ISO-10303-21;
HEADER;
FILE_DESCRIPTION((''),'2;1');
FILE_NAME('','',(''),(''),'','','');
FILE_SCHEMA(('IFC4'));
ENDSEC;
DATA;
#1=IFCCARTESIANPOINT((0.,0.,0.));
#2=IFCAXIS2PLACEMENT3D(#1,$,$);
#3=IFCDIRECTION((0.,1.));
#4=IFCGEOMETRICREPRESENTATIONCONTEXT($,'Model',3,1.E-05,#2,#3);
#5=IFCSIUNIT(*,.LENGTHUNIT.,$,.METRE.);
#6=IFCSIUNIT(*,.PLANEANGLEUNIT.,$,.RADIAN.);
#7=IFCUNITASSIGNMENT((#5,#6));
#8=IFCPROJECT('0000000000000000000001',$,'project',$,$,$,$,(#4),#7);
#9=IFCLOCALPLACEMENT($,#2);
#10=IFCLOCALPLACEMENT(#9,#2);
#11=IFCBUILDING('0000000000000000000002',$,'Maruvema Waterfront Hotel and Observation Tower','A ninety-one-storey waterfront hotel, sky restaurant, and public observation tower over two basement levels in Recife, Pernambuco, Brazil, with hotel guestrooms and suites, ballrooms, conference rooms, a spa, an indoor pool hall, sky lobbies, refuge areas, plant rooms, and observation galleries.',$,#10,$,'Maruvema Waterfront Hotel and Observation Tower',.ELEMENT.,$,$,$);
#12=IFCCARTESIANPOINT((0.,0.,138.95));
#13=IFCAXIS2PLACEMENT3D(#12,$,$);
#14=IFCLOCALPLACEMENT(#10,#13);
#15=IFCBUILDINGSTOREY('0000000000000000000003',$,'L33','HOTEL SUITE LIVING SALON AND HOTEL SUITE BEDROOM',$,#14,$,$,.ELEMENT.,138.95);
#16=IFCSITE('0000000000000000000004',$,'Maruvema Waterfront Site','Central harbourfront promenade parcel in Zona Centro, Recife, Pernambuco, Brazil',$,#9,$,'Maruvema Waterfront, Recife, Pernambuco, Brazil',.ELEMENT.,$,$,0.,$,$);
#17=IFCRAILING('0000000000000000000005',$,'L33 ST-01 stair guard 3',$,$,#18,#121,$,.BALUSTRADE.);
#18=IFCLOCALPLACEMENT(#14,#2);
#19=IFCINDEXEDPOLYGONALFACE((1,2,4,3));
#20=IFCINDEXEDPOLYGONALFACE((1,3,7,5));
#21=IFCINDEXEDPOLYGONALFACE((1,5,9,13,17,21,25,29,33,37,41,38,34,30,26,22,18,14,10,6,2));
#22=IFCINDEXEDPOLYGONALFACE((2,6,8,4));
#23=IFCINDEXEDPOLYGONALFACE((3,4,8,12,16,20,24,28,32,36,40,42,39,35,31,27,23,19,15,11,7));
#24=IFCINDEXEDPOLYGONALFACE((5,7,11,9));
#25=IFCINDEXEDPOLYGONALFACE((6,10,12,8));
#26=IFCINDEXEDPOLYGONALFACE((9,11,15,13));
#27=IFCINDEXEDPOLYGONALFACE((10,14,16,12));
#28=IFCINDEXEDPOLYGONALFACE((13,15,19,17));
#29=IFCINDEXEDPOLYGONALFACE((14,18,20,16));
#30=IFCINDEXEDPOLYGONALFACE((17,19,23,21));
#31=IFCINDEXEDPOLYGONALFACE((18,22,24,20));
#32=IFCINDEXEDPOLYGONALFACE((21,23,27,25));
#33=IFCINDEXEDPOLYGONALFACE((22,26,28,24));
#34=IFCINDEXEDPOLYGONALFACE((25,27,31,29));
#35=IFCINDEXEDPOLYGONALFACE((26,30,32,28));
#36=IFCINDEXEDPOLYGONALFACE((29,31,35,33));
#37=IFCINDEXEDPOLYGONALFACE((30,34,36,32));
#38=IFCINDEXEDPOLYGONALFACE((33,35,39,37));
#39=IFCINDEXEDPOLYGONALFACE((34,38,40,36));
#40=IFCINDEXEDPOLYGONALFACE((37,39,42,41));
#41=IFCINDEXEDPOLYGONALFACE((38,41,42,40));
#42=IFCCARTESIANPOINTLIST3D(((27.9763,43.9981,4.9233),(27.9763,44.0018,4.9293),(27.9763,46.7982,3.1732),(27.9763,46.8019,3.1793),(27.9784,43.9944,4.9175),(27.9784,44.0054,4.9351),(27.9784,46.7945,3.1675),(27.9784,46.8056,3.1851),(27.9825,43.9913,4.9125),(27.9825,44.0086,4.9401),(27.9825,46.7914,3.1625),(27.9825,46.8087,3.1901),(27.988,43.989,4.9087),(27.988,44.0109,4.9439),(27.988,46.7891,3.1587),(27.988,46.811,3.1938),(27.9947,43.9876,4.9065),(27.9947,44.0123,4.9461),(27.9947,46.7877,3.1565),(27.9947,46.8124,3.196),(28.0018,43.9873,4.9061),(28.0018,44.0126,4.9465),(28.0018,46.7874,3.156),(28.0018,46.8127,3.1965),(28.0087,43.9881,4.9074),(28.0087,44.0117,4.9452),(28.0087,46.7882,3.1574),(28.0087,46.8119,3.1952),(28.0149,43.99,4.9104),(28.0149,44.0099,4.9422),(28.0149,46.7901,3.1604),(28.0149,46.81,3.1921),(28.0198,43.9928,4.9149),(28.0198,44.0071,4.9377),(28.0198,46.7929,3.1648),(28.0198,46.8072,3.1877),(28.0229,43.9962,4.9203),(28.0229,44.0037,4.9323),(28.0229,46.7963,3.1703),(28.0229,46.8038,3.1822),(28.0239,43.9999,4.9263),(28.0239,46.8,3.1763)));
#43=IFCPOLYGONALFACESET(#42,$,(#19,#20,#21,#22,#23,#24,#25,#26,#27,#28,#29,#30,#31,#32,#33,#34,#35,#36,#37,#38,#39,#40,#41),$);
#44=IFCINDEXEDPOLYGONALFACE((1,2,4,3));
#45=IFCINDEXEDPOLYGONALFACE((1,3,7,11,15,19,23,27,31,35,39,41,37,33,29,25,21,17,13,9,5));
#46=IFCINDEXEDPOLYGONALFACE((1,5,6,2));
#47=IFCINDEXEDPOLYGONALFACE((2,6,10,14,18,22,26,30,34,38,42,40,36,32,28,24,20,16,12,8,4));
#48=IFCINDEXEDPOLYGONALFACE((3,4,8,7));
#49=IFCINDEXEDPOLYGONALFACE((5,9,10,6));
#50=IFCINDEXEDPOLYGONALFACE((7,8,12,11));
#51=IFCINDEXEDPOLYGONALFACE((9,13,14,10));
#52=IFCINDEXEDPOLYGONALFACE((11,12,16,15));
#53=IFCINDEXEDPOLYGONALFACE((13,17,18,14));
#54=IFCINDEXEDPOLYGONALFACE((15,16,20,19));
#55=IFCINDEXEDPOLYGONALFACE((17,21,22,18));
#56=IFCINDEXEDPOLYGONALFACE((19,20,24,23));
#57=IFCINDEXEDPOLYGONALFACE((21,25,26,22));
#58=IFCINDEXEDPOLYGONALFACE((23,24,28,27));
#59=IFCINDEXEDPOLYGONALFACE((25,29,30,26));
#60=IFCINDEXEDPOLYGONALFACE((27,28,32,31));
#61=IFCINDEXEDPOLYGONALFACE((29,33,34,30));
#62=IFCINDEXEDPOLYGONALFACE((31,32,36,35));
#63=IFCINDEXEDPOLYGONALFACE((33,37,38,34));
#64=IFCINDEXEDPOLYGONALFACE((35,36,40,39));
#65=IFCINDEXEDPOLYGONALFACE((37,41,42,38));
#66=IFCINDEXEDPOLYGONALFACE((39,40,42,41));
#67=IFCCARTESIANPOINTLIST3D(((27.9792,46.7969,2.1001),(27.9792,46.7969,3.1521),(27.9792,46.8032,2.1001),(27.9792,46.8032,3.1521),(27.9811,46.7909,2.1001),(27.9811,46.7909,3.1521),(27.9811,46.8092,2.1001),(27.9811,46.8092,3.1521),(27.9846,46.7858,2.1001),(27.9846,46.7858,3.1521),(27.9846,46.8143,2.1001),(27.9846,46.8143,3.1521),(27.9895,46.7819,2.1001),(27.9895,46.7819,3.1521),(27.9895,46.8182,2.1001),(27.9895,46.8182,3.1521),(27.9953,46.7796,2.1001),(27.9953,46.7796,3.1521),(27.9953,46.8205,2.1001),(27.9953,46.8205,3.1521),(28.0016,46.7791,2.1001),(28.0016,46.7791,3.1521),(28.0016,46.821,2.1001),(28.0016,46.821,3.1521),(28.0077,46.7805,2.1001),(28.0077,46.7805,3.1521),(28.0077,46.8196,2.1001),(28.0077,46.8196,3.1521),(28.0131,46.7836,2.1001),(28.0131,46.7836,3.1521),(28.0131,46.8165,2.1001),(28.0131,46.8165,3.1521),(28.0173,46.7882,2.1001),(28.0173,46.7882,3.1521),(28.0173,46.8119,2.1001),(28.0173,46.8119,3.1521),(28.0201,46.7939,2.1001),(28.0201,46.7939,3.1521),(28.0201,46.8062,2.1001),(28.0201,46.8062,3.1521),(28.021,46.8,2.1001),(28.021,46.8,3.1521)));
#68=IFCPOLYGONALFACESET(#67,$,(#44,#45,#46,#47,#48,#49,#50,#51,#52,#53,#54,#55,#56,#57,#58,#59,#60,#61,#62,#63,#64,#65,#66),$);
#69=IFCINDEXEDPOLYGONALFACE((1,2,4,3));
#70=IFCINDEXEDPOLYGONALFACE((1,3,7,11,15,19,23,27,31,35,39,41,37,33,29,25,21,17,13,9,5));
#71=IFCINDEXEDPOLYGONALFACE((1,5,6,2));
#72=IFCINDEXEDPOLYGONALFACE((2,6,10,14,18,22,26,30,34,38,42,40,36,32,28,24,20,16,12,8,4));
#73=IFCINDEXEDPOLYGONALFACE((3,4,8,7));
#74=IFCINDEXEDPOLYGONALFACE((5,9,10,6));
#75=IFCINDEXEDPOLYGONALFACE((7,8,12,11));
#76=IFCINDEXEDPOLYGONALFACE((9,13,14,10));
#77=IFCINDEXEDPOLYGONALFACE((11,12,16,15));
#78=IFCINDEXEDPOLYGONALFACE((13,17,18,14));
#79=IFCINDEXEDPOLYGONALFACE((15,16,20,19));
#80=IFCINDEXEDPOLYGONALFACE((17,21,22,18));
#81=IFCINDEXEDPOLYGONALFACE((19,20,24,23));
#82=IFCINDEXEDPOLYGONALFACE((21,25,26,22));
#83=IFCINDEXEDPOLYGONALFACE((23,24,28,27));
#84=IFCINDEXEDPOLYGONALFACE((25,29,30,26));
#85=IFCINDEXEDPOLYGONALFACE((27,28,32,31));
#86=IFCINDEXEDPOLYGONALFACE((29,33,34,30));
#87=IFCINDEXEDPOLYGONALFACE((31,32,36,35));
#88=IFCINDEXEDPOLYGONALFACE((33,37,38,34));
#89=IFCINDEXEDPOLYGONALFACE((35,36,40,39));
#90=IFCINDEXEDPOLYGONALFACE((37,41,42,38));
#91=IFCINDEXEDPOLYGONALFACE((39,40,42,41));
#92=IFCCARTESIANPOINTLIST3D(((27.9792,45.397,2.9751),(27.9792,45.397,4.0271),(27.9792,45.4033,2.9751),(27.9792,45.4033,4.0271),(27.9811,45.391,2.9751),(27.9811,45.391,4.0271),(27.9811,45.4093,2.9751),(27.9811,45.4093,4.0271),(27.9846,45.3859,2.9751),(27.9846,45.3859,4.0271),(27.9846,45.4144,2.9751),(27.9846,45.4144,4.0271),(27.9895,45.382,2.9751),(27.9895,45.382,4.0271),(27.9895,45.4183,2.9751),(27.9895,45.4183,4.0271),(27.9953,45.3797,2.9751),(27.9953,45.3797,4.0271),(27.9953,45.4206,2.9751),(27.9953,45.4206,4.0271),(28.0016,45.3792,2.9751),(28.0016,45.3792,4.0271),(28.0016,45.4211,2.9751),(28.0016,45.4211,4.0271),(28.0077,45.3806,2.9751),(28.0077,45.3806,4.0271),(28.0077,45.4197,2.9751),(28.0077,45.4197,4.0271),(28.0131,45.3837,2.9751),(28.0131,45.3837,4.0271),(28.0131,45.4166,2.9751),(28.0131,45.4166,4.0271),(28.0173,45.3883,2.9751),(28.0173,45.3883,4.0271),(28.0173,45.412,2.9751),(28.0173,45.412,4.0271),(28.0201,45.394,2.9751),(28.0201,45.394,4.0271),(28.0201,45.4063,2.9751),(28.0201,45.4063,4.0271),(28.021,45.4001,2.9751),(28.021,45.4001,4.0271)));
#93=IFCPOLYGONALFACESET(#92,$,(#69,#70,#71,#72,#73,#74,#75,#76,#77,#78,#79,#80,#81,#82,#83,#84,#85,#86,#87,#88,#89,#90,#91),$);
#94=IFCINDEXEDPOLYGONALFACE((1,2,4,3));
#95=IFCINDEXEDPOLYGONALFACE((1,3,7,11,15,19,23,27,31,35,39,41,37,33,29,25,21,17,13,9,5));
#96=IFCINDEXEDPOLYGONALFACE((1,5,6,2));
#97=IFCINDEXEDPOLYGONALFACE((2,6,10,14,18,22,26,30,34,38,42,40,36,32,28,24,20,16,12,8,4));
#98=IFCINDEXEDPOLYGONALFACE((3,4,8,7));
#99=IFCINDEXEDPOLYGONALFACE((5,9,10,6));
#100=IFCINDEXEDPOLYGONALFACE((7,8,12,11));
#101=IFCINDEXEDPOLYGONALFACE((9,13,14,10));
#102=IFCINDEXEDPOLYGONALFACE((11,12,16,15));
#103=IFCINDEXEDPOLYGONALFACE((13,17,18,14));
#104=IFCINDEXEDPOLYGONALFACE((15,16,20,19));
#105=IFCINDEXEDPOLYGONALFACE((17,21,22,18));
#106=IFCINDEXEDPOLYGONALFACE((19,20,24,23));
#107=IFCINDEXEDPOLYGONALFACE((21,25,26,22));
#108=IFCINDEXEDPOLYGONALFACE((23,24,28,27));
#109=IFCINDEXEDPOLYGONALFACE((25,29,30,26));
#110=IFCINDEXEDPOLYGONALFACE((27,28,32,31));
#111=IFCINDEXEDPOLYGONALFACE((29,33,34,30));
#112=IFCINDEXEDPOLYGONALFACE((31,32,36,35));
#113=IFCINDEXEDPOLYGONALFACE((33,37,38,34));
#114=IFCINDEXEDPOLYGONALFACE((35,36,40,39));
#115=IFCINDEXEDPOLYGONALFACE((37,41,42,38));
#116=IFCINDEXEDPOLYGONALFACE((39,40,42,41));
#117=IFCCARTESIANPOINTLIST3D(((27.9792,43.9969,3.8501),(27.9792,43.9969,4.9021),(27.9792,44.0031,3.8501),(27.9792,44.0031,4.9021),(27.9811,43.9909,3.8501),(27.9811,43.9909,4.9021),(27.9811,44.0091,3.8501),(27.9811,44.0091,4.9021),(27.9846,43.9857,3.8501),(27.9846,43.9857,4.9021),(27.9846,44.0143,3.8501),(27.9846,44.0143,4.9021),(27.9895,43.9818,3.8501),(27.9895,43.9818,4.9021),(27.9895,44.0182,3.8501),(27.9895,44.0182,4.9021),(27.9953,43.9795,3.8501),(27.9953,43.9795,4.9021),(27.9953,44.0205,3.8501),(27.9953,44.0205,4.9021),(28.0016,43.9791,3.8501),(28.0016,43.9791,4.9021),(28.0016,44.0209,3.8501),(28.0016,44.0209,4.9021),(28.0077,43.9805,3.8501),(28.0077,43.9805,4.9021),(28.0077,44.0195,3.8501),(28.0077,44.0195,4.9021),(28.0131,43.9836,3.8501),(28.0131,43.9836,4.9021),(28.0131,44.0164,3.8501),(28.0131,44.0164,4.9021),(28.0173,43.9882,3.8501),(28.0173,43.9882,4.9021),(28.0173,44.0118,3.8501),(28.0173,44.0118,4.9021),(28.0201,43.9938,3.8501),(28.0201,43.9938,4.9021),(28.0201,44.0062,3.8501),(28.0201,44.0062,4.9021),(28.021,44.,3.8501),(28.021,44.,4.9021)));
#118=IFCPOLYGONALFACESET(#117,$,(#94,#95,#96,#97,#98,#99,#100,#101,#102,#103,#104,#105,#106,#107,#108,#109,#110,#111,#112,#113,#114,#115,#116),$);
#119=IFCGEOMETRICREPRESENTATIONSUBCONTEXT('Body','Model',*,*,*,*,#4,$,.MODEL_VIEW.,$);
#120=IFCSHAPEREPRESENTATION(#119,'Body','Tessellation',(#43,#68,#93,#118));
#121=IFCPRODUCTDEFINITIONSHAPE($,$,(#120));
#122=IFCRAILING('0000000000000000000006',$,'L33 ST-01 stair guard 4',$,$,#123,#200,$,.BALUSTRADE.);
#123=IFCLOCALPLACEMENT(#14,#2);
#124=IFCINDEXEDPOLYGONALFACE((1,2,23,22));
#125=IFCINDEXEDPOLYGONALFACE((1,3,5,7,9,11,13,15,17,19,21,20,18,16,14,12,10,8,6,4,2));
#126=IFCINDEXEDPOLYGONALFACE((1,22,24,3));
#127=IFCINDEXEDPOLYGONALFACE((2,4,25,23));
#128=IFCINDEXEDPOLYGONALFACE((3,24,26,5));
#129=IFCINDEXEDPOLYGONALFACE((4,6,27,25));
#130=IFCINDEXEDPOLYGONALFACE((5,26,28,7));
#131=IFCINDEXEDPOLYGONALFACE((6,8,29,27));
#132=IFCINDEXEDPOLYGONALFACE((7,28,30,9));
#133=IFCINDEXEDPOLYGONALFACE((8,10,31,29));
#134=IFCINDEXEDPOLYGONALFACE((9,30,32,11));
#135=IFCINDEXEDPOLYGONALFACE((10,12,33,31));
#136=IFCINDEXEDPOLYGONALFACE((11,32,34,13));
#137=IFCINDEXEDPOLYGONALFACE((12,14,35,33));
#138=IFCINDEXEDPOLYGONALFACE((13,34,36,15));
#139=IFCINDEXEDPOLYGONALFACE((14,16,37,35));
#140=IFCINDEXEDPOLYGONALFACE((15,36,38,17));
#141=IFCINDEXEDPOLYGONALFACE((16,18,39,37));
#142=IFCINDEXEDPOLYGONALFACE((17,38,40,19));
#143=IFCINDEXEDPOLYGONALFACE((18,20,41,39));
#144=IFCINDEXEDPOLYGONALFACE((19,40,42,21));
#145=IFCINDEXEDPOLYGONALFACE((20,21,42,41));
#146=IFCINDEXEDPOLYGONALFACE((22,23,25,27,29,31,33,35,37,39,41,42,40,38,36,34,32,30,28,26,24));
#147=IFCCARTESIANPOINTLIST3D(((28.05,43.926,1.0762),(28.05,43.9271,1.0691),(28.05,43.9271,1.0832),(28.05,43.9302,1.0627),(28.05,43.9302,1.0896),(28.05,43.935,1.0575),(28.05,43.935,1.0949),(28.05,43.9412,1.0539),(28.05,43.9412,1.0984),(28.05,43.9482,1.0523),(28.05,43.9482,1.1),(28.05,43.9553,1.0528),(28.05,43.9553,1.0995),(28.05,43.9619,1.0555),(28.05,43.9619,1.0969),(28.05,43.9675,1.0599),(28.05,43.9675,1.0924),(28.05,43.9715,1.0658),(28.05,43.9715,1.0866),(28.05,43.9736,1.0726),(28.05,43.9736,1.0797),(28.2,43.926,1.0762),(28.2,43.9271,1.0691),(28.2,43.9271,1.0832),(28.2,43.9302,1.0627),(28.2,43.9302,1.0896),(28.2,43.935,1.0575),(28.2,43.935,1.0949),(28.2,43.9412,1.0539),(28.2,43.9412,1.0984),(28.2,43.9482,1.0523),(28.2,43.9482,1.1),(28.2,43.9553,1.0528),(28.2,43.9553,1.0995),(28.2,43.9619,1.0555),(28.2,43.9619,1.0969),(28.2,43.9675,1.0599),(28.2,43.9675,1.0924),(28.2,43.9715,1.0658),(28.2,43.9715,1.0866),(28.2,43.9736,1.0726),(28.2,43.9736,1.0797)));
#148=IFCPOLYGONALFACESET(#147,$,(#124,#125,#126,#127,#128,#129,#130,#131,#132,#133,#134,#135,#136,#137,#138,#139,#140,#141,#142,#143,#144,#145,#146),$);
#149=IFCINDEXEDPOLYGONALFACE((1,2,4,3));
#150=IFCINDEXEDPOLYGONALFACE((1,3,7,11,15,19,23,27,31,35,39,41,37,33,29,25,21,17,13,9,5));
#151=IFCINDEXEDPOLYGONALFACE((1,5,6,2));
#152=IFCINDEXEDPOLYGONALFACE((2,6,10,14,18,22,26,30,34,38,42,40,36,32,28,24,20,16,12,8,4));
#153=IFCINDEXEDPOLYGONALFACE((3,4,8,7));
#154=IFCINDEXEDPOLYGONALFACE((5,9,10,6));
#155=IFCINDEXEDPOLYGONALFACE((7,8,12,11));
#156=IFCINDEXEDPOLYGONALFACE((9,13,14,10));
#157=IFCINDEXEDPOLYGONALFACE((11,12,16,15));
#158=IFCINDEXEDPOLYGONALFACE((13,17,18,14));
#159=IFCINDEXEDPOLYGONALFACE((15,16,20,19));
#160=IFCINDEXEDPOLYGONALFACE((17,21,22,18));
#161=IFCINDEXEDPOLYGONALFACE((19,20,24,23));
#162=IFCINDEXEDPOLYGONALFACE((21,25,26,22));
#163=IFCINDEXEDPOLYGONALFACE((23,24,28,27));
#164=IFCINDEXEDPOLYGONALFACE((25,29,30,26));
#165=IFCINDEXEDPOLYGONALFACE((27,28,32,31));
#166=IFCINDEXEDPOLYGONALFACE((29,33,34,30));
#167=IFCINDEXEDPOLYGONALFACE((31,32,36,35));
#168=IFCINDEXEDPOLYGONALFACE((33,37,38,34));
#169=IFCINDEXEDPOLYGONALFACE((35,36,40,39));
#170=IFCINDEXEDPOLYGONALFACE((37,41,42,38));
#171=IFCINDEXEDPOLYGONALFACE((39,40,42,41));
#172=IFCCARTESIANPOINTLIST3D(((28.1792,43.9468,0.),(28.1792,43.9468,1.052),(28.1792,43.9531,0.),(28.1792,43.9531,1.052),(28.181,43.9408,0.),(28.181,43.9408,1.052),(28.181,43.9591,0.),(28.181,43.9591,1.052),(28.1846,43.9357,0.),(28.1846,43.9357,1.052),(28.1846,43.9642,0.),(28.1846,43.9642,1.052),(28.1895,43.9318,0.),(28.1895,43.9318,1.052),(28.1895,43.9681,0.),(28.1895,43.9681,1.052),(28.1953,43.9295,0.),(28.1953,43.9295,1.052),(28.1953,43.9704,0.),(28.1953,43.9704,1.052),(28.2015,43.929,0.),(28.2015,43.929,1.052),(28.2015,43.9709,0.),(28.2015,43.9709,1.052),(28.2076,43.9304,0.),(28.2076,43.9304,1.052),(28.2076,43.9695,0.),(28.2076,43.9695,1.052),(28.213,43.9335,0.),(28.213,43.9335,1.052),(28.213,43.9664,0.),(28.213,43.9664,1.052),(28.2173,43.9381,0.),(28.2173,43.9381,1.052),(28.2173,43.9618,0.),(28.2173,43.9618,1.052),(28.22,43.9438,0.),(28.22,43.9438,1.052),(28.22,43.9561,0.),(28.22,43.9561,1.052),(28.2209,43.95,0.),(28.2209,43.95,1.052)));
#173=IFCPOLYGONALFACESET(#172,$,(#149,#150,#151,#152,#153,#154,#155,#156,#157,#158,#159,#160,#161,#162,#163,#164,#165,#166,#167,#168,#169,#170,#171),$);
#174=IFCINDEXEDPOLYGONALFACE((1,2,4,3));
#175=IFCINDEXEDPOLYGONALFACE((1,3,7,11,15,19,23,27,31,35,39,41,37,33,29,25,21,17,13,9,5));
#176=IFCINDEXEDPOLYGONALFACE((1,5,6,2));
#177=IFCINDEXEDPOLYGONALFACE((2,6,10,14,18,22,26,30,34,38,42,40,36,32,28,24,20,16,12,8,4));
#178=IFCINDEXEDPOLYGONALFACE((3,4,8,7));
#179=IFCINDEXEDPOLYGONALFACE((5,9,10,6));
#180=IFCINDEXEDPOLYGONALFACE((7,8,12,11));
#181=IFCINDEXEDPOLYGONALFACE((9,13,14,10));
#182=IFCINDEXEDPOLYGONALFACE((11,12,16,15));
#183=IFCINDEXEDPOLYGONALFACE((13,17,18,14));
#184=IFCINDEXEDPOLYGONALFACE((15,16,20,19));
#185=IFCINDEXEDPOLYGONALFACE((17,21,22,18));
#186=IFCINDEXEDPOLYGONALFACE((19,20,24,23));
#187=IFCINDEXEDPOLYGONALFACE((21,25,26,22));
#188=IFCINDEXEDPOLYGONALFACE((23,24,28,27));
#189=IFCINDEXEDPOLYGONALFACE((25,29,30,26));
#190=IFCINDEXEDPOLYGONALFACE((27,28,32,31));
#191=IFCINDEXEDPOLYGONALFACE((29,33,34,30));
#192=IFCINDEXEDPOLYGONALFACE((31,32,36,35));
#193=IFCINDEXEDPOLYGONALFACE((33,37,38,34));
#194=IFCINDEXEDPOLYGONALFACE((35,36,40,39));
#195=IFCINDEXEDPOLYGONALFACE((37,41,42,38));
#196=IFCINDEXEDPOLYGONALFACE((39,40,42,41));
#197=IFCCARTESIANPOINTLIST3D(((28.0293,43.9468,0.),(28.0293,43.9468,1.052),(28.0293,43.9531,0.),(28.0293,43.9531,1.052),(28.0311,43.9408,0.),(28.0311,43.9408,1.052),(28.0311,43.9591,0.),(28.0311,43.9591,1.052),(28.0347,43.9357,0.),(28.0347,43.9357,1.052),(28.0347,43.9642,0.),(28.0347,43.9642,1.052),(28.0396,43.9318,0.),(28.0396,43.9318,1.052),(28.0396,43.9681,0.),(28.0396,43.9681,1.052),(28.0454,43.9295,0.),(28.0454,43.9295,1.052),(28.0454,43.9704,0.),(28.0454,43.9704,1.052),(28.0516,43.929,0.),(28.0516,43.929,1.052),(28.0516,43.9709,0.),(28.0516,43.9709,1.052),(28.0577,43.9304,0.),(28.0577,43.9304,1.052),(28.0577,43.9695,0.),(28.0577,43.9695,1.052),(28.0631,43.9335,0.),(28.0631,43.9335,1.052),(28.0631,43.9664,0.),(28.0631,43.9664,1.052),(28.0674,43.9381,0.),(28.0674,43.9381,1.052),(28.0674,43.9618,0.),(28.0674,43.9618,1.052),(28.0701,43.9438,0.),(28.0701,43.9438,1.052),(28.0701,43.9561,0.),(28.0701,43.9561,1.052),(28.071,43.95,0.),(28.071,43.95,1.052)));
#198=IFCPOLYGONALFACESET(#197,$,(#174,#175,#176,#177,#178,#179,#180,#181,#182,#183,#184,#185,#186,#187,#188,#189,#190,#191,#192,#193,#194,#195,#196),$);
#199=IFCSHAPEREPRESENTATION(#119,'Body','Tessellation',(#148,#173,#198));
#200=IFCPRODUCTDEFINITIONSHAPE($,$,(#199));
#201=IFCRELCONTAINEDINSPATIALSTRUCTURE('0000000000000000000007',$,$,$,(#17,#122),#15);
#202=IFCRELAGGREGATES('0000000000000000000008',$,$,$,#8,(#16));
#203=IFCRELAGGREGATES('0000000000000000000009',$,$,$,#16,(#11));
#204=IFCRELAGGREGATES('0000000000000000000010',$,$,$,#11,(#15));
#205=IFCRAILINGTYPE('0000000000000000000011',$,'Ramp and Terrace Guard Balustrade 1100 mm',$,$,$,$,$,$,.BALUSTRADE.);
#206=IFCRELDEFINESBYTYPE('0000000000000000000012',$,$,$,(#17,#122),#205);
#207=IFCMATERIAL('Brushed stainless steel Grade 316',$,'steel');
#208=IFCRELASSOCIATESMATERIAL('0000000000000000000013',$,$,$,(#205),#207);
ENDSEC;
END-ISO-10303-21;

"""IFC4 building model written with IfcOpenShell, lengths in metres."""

from ifc_helpers import new_model, si_unit, direction, frame, origin, origin_2d, place, context, subcontext, project, spatial, circle, extrude, material, type_object, element, save


model = new_model("IFC4")

# Units and contexts
model_context = context("Model", 3, precision=1e-05, world=origin(), true_north=direction((0.0, 1.0)))
body_context = subcontext(model_context, "Body", "Model", "MODEL_VIEW")
ifc_project = project(units=[si_unit("LENGTHUNIT", "METRE"), si_unit("PLANEANGLEUNIT", "RADIAN")], contexts=[model_context])

# Site, building, storey
site_placement = place(None, origin())
site = spatial("IfcSite", under=ifc_project, at=site_placement, Name="Maruvema Waterfront Site", Description="Central harbourfront promenade parcel in Zona Centro, Recife, Pernambuco, Brazil", LongName="Maruvema Waterfront, Recife, Pernambuco, Brazil", CompositionType="ELEMENT", RefElevation=0.0)
building_placement = place(site_placement, origin())
building = spatial("IfcBuilding", under=site, at=building_placement, Name="Maruvema Waterfront Hotel and Observation Tower", Description="A ninety-one-storey waterfront hotel, sky restaurant, and public observation tower over two basement levels in Recife, Pernambuco, Brazil, with hotel guestrooms and suites, ballrooms, conference rooms, a spa, an indoor pool hall, sky lobbies, refuge areas, plant rooms, and observation galleries.", LongName="Maruvema Waterfront Hotel and Observation Tower", CompositionType="ELEMENT")
storey_placement = place(building_placement, frame((0.0, 0.0, 138.95)))
storey = spatial("IfcBuildingStorey", under=building, at=storey_placement, Name="L33", Description="HOTEL SUITE LIVING SALON AND HOTEL SUITE BEDROOM", CompositionType="ELEMENT", Elevation=138.95)

# Railings
ifc_material_1 = material(Name="Brushed stainless steel Grade 316", Category="steel")
railing_type_1 = type_object("IfcRailingType", Name="Ramp and Terrace Guard Balustrade 1100 mm", PredefinedType="BALUSTRADE", material=ifc_material_1)
railing_1_placement = place(storey_placement, frame((28.0, 46.8, 2.1001)))
element("IfcRailing", 1, at=railing_1_placement, inside=storey, type_object=railing_type_1, Name="L33 ST-01 stair guard 3", PredefinedType="BALUSTRADE", context=body_context, shape_type="SweptSolid", body=[
    extrude(circle(Radius=0.0239, at=origin_2d()), frame((0.0, 0.0, 1.0762), z_axis=(0.0, -0.848002, 0.529992), x_axis=(1.0, 0.0, 0.0)), (0.0, 0.0, 1.0), 3.302),
    extrude(circle(Radius=0.021, at=origin_2d()), origin(), (0.0, 0.0, 1.0), 1.052),
    extrude(circle(Radius=0.021, at=origin_2d()), frame((0.0, -1.3999, 0.875)), (0.0, 0.0, 1.0), 1.052),
    extrude(circle(Radius=0.021, at=origin_2d()), frame((0.0, -2.8, 1.75)), (0.0, 0.0, 1.0), 1.052),
])
railing_2_placement = place(storey_placement, frame((28.2, 43.95, 0.0)))
element("IfcRailing", 2, at=railing_2_placement, inside=storey, type_object=railing_type_1, Name="L33 ST-01 stair guard 4", PredefinedType="BALUSTRADE", context=body_context, shape_type="SweptSolid", body=[
    extrude(circle(Radius=0.0239, at=origin_2d()), frame((0.0, 0.0, 1.0762), z_axis=(-1.0, 0.0, 0.0), x_axis=(0.0, -1.0, 0.0)), (0.0, 0.0, 1.0), 0.1499),
    extrude(circle(Radius=0.021, at=origin_2d()), origin(), (0.0, 0.0, 1.0), 1.052),
    extrude(circle(Radius=0.021, at=origin_2d()), frame((-0.1499, 0.0, 0.0)), (0.0, 0.0, 1.0), 1.052),
])

save(model, "model.ifc")
